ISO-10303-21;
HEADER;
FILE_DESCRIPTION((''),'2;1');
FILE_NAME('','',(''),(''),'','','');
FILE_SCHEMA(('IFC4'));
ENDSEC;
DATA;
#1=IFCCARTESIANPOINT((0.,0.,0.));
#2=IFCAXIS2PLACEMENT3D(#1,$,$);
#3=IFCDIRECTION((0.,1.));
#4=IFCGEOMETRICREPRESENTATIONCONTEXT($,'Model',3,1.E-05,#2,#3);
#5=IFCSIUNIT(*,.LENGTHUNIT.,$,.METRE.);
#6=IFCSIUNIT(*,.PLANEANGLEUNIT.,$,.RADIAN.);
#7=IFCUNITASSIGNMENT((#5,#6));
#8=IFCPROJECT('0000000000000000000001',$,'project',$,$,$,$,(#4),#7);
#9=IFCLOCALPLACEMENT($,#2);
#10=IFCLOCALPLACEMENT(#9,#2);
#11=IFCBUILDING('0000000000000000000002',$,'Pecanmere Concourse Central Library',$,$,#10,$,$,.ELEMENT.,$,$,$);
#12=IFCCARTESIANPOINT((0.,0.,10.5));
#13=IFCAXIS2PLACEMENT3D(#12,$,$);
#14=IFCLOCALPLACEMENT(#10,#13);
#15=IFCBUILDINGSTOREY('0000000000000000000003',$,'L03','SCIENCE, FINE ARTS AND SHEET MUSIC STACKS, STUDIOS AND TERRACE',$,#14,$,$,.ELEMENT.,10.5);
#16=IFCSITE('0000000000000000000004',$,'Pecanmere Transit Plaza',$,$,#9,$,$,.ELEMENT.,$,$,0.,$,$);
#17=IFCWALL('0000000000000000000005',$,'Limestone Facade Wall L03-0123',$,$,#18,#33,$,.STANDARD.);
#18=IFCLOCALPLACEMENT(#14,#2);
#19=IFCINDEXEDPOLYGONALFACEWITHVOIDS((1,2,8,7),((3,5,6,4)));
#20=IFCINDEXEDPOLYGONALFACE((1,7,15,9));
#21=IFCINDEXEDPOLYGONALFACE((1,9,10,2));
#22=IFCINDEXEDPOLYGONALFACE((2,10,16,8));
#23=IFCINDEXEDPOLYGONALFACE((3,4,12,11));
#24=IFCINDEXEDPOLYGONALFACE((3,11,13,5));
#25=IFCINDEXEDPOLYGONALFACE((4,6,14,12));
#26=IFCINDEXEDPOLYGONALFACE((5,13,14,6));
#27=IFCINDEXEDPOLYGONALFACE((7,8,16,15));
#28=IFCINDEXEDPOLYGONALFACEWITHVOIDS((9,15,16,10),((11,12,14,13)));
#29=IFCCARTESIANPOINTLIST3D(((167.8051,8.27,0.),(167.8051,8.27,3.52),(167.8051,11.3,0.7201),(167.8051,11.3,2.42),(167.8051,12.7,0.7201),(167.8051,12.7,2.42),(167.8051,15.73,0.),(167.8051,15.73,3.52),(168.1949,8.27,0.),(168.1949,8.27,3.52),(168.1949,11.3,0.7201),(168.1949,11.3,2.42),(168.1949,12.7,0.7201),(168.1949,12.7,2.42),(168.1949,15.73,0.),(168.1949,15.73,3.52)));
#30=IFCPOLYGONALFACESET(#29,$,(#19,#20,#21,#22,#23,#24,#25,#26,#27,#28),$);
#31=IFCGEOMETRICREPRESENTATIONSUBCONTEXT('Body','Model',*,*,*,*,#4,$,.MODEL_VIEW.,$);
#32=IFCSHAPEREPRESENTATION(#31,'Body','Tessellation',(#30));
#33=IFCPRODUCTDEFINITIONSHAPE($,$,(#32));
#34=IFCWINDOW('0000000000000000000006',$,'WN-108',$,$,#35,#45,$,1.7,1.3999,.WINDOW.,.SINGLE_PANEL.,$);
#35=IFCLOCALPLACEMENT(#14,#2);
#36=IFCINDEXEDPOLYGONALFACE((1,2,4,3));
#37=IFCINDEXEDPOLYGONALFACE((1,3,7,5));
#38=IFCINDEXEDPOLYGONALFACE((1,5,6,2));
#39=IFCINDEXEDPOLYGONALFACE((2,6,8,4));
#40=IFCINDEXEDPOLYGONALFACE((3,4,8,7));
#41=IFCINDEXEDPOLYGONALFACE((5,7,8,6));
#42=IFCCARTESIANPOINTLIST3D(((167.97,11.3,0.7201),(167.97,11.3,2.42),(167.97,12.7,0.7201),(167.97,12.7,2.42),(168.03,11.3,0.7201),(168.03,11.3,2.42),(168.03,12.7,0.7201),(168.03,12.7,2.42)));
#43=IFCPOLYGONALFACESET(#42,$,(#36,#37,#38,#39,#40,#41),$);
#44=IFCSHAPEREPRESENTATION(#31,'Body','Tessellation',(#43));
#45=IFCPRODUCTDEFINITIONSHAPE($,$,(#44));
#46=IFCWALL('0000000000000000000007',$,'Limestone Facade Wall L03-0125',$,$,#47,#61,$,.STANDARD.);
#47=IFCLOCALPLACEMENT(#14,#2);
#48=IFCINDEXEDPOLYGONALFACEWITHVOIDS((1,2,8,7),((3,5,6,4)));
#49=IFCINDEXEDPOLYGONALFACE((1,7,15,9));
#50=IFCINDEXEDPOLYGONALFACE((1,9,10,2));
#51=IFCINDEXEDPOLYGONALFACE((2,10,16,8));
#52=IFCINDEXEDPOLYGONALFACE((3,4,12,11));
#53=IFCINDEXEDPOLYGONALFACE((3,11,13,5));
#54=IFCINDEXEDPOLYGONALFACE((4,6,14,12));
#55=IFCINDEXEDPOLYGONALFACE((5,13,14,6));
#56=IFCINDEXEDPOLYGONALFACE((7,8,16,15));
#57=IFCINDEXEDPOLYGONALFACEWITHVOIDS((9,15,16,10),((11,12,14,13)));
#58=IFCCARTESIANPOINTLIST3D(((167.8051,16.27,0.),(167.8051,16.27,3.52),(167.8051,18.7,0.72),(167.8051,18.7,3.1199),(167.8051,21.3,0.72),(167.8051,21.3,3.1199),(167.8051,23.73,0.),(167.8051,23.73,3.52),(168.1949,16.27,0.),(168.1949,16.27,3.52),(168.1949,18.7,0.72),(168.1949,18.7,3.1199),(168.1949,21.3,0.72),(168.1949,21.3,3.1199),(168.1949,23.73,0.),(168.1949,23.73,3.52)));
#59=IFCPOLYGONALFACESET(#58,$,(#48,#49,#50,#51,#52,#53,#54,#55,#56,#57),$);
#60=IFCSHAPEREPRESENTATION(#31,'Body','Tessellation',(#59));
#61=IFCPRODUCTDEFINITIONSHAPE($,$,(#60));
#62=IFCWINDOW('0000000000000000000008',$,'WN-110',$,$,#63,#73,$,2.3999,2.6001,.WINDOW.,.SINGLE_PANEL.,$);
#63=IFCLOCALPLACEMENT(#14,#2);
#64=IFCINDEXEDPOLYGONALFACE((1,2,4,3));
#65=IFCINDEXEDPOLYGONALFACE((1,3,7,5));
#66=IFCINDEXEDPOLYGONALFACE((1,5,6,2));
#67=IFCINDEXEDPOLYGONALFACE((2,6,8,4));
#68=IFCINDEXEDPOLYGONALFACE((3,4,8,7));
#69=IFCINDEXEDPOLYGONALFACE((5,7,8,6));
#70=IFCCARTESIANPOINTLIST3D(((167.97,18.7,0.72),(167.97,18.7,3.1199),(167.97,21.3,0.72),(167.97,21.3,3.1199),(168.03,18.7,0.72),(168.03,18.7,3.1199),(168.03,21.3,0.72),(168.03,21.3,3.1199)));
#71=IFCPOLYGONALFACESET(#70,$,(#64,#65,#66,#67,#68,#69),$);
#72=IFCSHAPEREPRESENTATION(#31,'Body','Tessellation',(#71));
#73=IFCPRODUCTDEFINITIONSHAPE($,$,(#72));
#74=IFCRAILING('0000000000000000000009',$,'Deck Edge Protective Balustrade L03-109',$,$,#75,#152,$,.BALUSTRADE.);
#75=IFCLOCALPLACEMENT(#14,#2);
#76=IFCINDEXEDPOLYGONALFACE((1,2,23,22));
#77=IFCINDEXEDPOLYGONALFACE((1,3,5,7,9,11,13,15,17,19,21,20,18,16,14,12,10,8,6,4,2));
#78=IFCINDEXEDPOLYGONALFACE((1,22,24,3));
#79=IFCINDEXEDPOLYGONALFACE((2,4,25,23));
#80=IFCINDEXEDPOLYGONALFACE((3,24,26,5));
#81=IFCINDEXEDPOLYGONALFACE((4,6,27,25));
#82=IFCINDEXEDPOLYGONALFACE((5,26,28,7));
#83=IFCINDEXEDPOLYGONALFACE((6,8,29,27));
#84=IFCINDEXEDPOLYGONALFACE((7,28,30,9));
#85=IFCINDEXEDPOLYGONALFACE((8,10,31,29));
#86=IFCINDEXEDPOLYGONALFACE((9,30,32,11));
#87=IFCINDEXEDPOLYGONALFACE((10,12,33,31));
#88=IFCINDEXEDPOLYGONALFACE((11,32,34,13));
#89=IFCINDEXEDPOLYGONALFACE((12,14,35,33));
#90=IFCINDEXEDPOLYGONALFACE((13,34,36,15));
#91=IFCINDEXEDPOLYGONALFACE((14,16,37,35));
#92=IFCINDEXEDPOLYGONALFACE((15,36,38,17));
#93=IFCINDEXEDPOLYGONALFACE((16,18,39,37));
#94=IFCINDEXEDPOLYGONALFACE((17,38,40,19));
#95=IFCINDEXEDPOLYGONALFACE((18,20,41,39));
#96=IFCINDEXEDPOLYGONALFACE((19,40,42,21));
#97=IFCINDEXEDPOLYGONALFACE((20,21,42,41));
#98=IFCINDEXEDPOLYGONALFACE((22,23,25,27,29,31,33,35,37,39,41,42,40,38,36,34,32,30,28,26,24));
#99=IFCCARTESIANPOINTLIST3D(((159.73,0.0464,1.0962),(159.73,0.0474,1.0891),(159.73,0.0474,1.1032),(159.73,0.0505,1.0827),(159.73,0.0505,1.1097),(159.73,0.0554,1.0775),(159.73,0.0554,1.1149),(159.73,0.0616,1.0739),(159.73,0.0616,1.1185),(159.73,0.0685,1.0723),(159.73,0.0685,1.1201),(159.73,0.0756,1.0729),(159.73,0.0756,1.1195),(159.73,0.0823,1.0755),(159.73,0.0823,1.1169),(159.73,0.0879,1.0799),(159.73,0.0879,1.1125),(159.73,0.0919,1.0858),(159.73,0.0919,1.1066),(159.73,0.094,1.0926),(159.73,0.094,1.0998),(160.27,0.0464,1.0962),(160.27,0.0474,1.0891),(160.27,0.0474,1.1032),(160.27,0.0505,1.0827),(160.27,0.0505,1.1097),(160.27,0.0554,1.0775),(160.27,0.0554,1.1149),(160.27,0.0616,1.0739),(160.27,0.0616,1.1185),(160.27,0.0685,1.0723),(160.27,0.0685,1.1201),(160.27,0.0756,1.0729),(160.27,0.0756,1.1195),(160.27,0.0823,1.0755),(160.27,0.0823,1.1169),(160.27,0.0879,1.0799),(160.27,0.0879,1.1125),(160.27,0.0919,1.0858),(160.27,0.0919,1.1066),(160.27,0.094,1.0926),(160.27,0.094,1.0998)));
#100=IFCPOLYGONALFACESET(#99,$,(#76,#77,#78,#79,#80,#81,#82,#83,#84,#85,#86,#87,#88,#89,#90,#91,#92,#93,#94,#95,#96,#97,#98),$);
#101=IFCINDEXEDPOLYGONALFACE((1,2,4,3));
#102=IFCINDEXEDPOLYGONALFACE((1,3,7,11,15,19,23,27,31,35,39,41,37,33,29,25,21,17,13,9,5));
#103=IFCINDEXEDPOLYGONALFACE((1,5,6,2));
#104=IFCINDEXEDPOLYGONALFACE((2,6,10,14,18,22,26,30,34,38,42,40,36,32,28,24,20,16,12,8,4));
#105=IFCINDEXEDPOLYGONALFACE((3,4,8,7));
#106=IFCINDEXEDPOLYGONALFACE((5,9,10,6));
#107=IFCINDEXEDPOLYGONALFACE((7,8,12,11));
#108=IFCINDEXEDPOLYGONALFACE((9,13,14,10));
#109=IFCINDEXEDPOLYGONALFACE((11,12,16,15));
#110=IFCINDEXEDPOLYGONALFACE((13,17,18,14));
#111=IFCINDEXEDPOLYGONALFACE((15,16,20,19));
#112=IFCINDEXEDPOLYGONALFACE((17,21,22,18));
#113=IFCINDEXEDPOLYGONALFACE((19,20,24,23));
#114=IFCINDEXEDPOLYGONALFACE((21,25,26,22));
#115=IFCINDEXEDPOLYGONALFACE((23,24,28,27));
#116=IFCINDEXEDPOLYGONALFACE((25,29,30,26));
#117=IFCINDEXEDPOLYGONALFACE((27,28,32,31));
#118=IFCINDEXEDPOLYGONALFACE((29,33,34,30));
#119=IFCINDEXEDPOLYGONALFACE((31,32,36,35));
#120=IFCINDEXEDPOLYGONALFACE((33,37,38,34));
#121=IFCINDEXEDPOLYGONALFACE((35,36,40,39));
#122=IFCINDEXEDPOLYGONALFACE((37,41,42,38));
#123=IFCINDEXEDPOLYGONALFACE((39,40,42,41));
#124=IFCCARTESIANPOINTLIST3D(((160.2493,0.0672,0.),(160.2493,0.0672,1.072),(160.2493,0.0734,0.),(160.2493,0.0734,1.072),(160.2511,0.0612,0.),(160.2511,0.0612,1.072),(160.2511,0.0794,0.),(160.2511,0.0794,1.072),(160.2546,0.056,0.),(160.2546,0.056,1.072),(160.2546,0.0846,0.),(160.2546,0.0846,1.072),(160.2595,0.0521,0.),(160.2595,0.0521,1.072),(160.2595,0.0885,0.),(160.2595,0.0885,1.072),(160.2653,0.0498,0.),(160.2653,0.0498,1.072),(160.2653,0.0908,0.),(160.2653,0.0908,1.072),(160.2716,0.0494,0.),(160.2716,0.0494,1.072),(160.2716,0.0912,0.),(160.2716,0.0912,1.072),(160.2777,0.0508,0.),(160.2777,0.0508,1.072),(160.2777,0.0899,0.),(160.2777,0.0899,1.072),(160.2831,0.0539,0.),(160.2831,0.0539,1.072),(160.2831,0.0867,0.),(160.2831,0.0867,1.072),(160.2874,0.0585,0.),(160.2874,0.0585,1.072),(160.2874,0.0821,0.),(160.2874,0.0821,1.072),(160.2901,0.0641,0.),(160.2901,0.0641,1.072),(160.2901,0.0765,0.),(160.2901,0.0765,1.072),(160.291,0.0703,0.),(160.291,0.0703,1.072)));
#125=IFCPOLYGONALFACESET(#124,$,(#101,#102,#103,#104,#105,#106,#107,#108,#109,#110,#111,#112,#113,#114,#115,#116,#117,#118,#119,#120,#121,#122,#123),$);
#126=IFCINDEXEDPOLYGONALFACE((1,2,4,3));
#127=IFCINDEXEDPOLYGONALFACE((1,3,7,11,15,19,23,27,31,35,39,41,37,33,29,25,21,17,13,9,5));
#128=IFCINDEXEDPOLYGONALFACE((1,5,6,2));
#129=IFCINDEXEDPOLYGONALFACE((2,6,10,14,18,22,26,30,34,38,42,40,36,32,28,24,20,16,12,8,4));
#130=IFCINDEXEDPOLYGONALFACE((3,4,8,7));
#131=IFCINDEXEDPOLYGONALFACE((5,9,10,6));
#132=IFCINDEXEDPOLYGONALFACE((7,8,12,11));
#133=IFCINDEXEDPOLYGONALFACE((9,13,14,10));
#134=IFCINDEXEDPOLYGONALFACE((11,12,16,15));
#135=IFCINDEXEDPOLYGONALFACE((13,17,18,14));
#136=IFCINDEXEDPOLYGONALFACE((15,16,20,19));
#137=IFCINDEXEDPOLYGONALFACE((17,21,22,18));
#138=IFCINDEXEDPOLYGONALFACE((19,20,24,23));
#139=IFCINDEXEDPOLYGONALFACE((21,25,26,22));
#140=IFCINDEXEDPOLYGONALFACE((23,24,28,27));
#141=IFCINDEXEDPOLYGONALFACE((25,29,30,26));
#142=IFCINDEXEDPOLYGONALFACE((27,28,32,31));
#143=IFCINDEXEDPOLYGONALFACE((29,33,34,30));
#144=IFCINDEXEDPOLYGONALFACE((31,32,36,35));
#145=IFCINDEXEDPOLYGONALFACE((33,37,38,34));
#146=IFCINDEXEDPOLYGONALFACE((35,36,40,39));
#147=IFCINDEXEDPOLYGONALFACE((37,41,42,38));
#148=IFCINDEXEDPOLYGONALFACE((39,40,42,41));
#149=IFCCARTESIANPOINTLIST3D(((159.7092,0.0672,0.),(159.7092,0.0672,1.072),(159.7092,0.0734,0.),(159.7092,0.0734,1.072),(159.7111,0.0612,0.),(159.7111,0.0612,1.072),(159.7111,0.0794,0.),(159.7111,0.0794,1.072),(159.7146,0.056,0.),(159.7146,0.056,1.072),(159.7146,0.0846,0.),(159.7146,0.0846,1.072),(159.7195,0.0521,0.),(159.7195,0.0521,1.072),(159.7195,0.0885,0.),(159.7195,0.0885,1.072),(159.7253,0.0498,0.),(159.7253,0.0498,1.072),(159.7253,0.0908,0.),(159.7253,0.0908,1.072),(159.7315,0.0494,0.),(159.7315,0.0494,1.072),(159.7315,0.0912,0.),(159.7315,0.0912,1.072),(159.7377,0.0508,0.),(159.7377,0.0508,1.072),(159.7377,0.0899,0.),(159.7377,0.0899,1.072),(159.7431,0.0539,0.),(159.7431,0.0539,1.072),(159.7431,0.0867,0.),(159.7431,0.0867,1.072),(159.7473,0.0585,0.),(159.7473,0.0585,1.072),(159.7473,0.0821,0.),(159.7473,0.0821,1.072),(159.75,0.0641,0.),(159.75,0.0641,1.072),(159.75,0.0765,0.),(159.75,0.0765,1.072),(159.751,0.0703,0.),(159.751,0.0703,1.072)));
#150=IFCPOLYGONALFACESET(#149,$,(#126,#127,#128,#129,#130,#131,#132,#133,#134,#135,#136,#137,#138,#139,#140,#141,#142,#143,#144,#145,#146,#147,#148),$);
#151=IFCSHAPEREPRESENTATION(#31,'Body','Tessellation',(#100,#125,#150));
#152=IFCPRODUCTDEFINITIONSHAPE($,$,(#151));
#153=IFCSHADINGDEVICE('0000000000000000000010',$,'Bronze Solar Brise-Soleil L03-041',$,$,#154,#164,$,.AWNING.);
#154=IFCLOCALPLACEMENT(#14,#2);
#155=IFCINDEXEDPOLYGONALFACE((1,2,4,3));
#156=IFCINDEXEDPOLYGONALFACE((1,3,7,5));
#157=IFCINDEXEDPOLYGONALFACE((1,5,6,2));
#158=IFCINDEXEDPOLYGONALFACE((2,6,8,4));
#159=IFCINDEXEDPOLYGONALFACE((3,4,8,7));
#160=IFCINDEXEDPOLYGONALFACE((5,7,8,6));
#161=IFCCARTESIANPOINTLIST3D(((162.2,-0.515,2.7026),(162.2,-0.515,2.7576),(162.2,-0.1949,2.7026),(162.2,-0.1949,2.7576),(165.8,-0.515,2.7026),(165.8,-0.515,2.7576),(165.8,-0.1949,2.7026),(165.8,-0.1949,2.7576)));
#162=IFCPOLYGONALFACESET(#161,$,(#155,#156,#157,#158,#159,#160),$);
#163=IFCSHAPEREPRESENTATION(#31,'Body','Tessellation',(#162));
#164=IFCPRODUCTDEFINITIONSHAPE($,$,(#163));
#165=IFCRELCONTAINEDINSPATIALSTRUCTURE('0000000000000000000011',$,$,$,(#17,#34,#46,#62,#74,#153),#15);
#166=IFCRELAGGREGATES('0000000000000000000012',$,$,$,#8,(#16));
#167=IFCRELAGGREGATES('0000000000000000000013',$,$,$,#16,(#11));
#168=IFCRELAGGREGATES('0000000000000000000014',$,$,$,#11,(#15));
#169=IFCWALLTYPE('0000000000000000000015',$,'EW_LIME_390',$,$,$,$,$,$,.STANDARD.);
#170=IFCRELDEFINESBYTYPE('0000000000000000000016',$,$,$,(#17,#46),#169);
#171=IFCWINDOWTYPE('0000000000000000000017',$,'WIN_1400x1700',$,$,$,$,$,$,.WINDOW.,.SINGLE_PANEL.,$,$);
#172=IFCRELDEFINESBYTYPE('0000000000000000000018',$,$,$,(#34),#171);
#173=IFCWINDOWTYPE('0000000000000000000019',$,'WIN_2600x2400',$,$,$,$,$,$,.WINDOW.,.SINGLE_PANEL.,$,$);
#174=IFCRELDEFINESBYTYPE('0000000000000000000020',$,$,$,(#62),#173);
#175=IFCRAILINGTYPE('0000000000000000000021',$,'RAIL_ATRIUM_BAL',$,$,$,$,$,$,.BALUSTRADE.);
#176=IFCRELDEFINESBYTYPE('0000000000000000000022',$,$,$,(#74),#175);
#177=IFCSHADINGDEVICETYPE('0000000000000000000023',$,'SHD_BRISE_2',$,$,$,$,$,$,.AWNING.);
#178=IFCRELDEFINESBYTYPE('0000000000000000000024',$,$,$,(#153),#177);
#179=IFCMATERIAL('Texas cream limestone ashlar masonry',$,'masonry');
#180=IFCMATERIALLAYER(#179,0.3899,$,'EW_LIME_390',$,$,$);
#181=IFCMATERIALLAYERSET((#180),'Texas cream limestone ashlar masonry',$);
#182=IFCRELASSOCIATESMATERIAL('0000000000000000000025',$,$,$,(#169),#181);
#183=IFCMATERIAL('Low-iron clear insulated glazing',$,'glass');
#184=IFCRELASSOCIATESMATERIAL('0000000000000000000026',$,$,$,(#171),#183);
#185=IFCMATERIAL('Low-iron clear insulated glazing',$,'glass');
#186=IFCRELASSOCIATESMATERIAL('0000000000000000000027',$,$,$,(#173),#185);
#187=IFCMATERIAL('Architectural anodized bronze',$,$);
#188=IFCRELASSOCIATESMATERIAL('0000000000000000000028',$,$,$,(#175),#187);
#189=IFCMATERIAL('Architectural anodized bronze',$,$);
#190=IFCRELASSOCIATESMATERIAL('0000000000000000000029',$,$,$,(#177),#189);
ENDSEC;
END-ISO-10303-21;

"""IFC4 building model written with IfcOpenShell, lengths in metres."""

from ifc_helpers import new_model, si_unit, direction, frame, frame_2d, origin, origin_2d, place, context, subcontext, project, spatial, rectangle, circle, extrude, material, layer, layer_set, type_object, element, fill, save


model = new_model("IFC4")

# Units and contexts
model_context = context("Model", 3, precision=1e-05, world=origin(), true_north=direction((0.0, 1.0)))
body_context = subcontext(model_context, "Body", "Model", "MODEL_VIEW")
ifc_project = project(units=[si_unit("LENGTHUNIT", "METRE"), si_unit("PLANEANGLEUNIT", "RADIAN")], contexts=[model_context])

# Site, building, storey
site_placement = place(None, origin())
site = spatial("IfcSite", under=ifc_project, at=site_placement, Name="Pecanmere Transit Plaza", CompositionType="ELEMENT", RefElevation=0.0)
building_placement = place(site_placement, origin())
building = spatial("IfcBuilding", under=site, at=building_placement, Name="Pecanmere Concourse Central Library", CompositionType="ELEMENT")
storey_placement = place(building_placement, frame((0.0, 0.0, 10.5)))
storey = spatial("IfcBuildingStorey", under=building, at=storey_placement, Name="L03", Description="SCIENCE, FINE ARTS AND SHEET MUSIC STACKS, STUDIOS AND TERRACE", CompositionType="ELEMENT", Elevation=10.5)

# Walls, openings, windows
ifc_material_1 = material(Name="Texas cream limestone ashlar masonry", Category="masonry")
ifc_layer = layer(ifc_material_1, 0.3899, Name="EW_LIME_390")
ifc_layer_set = layer_set([ifc_layer], Name="Texas cream limestone ashlar masonry")
wall_type = type_object("IfcWallType", Name="EW_LIME_390", PredefinedType="STANDARD", material=ifc_layer_set)
wall_1_placement = place(storey_placement, frame((168.0, 8.27, 0.0), z_axis=(0.0, 0.0, 1.0), x_axis=(0.0, 1.0, 0.0)))
wall_1 = element("IfcWall", 1, at=wall_1_placement, inside=storey, type_object=wall_type, Name="Limestone Facade Wall L03-0123", PredefinedType="STANDARD", context=body_context, shape_type="SweptSolid", body=[
    extrude(rectangle(XDim=7.46, YDim=0.3899, at=frame_2d((3.73, 0.0))), origin(), (0.0, 0.0, 1.0), 3.52),
])
opening_1_placement = place(wall_1_placement, frame((3.03, 0.0, 0.72)))
opening_1 = element("IfcOpeningElement", 2, at=opening_1_placement, cuts=wall_1, PredefinedType="OPENING", context=body_context, shape_type="SweptSolid", body=[
    extrude(rectangle(XDim=1.3999, YDim=1.7, at=frame_2d((0.7, 0.8501))), frame((0.0, 0.207, 0.0), z_axis=(0.0, -1.0, 0.0), x_axis=(1.0, 0.0, 0.0)), (0.0, 0.0, 1.0), 0.4138),
])
ifc_material_2 = material(Name="Low-iron clear insulated glazing", Category="glass")
window_type_1 = type_object("IfcWindowType", Name="WIN_1400x1700", PartitioningType="SINGLE_PANEL", PredefinedType="WINDOW", material=ifc_material_2)
window_1_placement = place(opening_1_placement, origin())
window_1 = element("IfcWindow", 3, at=window_1_placement, inside=storey, type_object=window_type_1, Name="WN-108", OverallHeight=1.7, OverallWidth=1.3999, PartitioningType="SINGLE_PANEL", PredefinedType="WINDOW", context=body_context, shape_type="SweptSolid", body=[
    extrude(rectangle(XDim=1.3999, YDim=1.7, at=frame_2d((0.7, 0.8501))), frame((0.0, 0.03, 0.0), z_axis=(0.0, -1.0, 0.0), x_axis=(1.0, 0.0, 0.0)), (0.0, 0.0, 1.0), 0.0601),
])
fill(opening_1, window_1)
wall_2_placement = place(storey_placement, frame((168.0, 16.27, 0.0), z_axis=(0.0, 0.0, 1.0), x_axis=(0.0, 1.0, 0.0)))
wall_2 = element("IfcWall", 4, at=wall_2_placement, inside=storey, type_object=wall_type, Name="Limestone Facade Wall L03-0125", PredefinedType="STANDARD", context=body_context, shape_type="SweptSolid", body=[
    extrude(rectangle(XDim=7.46, YDim=0.3899, at=frame_2d((3.73, 0.0))), origin(), (0.0, 0.0, 1.0), 3.52),
])
opening_2_placement = place(wall_2_placement, frame((2.4299, 0.0, 0.72)))
opening_2 = element("IfcOpeningElement", 5, at=opening_2_placement, cuts=wall_2, PredefinedType="OPENING", context=body_context, shape_type="SweptSolid", body=[
    extrude(rectangle(XDim=2.6001, YDim=2.3999, at=frame_2d((1.3, 1.2))), frame((0.0, 0.207, 0.0), z_axis=(0.0, -1.0, 0.0), x_axis=(1.0, 0.0, 0.0)), (0.0, 0.0, 1.0), 0.4138),
])
ifc_material_3 = material(Name="Low-iron clear insulated glazing", Category="glass")
window_type_2 = type_object("IfcWindowType", Name="WIN_2600x2400", PartitioningType="SINGLE_PANEL", PredefinedType="WINDOW", material=ifc_material_3)
window_2_placement = place(opening_2_placement, origin())
window_2 = element("IfcWindow", 6, at=window_2_placement, inside=storey, type_object=window_type_2, Name="WN-110", OverallHeight=2.3999, OverallWidth=2.6001, PartitioningType="SINGLE_PANEL", PredefinedType="WINDOW", context=body_context, shape_type="SweptSolid", body=[
    extrude(rectangle(XDim=2.6001, YDim=2.3999, at=frame_2d((1.3, 1.2))), frame((0.0, 0.03, 0.0), z_axis=(0.0, -1.0, 0.0), x_axis=(1.0, 0.0, 0.0)), (0.0, 0.0, 1.0), 0.0601),
])
fill(opening_2, window_2)

# Railing
ifc_material_4 = material(Name="Architectural anodized bronze")
railing_type = type_object("IfcRailingType", Name="RAIL_ATRIUM_BAL", PredefinedType="BALUSTRADE", material=ifc_material_4)
railing_placement = place(storey_placement, frame((160.27, 0.0703, 0.0)))
element("IfcRailing", 7, at=railing_placement, inside=storey, type_object=railing_type, Name="Deck Edge Protective Balustrade L03-109", PredefinedType="BALUSTRADE", context=body_context, shape_type="SweptSolid", body=[
    extrude(circle(Radius=0.0239, at=origin_2d()), frame((0.0, 0.0, 1.0962), z_axis=(-1.0, 0.0, 0.0), x_axis=(0.0, -1.0, 0.0)), (0.0, 0.0, 1.0), 0.54),
    extrude(circle(Radius=0.021, at=origin_2d()), origin(), (0.0, 0.0, 1.0), 1.072),
    extrude(circle(Radius=0.021, at=origin_2d()), frame((-0.54, 0.0, 0.0)), (0.0, 0.0, 1.0), 1.072),
])

# Shading device
ifc_material_5 = material(Name="Architectural anodized bronze")
shading_device_type = type_object("IfcShadingDeviceType", Name="SHD_BRISE_2", PredefinedType="AWNING", material=ifc_material_5)
shading_device_placement = place(storey_placement, frame((164.0, -0.355, 2.7026), z_axis=(0.0, 0.0, 1.0), x_axis=(1.0, 0.0, 0.0)))
element("IfcShadingDevice", 8, at=shading_device_placement, inside=storey, type_object=shading_device_type, Name="Bronze Solar Brise-Soleil L03-041", PredefinedType="AWNING", context=body_context, shape_type="SweptSolid", body=[
    extrude(rectangle(XDim=3.6001, YDim=0.3201, at=origin_2d()), origin(), (0.0, 0.0, 1.0), 0.0549),
])

save(model, "model.ifc")
